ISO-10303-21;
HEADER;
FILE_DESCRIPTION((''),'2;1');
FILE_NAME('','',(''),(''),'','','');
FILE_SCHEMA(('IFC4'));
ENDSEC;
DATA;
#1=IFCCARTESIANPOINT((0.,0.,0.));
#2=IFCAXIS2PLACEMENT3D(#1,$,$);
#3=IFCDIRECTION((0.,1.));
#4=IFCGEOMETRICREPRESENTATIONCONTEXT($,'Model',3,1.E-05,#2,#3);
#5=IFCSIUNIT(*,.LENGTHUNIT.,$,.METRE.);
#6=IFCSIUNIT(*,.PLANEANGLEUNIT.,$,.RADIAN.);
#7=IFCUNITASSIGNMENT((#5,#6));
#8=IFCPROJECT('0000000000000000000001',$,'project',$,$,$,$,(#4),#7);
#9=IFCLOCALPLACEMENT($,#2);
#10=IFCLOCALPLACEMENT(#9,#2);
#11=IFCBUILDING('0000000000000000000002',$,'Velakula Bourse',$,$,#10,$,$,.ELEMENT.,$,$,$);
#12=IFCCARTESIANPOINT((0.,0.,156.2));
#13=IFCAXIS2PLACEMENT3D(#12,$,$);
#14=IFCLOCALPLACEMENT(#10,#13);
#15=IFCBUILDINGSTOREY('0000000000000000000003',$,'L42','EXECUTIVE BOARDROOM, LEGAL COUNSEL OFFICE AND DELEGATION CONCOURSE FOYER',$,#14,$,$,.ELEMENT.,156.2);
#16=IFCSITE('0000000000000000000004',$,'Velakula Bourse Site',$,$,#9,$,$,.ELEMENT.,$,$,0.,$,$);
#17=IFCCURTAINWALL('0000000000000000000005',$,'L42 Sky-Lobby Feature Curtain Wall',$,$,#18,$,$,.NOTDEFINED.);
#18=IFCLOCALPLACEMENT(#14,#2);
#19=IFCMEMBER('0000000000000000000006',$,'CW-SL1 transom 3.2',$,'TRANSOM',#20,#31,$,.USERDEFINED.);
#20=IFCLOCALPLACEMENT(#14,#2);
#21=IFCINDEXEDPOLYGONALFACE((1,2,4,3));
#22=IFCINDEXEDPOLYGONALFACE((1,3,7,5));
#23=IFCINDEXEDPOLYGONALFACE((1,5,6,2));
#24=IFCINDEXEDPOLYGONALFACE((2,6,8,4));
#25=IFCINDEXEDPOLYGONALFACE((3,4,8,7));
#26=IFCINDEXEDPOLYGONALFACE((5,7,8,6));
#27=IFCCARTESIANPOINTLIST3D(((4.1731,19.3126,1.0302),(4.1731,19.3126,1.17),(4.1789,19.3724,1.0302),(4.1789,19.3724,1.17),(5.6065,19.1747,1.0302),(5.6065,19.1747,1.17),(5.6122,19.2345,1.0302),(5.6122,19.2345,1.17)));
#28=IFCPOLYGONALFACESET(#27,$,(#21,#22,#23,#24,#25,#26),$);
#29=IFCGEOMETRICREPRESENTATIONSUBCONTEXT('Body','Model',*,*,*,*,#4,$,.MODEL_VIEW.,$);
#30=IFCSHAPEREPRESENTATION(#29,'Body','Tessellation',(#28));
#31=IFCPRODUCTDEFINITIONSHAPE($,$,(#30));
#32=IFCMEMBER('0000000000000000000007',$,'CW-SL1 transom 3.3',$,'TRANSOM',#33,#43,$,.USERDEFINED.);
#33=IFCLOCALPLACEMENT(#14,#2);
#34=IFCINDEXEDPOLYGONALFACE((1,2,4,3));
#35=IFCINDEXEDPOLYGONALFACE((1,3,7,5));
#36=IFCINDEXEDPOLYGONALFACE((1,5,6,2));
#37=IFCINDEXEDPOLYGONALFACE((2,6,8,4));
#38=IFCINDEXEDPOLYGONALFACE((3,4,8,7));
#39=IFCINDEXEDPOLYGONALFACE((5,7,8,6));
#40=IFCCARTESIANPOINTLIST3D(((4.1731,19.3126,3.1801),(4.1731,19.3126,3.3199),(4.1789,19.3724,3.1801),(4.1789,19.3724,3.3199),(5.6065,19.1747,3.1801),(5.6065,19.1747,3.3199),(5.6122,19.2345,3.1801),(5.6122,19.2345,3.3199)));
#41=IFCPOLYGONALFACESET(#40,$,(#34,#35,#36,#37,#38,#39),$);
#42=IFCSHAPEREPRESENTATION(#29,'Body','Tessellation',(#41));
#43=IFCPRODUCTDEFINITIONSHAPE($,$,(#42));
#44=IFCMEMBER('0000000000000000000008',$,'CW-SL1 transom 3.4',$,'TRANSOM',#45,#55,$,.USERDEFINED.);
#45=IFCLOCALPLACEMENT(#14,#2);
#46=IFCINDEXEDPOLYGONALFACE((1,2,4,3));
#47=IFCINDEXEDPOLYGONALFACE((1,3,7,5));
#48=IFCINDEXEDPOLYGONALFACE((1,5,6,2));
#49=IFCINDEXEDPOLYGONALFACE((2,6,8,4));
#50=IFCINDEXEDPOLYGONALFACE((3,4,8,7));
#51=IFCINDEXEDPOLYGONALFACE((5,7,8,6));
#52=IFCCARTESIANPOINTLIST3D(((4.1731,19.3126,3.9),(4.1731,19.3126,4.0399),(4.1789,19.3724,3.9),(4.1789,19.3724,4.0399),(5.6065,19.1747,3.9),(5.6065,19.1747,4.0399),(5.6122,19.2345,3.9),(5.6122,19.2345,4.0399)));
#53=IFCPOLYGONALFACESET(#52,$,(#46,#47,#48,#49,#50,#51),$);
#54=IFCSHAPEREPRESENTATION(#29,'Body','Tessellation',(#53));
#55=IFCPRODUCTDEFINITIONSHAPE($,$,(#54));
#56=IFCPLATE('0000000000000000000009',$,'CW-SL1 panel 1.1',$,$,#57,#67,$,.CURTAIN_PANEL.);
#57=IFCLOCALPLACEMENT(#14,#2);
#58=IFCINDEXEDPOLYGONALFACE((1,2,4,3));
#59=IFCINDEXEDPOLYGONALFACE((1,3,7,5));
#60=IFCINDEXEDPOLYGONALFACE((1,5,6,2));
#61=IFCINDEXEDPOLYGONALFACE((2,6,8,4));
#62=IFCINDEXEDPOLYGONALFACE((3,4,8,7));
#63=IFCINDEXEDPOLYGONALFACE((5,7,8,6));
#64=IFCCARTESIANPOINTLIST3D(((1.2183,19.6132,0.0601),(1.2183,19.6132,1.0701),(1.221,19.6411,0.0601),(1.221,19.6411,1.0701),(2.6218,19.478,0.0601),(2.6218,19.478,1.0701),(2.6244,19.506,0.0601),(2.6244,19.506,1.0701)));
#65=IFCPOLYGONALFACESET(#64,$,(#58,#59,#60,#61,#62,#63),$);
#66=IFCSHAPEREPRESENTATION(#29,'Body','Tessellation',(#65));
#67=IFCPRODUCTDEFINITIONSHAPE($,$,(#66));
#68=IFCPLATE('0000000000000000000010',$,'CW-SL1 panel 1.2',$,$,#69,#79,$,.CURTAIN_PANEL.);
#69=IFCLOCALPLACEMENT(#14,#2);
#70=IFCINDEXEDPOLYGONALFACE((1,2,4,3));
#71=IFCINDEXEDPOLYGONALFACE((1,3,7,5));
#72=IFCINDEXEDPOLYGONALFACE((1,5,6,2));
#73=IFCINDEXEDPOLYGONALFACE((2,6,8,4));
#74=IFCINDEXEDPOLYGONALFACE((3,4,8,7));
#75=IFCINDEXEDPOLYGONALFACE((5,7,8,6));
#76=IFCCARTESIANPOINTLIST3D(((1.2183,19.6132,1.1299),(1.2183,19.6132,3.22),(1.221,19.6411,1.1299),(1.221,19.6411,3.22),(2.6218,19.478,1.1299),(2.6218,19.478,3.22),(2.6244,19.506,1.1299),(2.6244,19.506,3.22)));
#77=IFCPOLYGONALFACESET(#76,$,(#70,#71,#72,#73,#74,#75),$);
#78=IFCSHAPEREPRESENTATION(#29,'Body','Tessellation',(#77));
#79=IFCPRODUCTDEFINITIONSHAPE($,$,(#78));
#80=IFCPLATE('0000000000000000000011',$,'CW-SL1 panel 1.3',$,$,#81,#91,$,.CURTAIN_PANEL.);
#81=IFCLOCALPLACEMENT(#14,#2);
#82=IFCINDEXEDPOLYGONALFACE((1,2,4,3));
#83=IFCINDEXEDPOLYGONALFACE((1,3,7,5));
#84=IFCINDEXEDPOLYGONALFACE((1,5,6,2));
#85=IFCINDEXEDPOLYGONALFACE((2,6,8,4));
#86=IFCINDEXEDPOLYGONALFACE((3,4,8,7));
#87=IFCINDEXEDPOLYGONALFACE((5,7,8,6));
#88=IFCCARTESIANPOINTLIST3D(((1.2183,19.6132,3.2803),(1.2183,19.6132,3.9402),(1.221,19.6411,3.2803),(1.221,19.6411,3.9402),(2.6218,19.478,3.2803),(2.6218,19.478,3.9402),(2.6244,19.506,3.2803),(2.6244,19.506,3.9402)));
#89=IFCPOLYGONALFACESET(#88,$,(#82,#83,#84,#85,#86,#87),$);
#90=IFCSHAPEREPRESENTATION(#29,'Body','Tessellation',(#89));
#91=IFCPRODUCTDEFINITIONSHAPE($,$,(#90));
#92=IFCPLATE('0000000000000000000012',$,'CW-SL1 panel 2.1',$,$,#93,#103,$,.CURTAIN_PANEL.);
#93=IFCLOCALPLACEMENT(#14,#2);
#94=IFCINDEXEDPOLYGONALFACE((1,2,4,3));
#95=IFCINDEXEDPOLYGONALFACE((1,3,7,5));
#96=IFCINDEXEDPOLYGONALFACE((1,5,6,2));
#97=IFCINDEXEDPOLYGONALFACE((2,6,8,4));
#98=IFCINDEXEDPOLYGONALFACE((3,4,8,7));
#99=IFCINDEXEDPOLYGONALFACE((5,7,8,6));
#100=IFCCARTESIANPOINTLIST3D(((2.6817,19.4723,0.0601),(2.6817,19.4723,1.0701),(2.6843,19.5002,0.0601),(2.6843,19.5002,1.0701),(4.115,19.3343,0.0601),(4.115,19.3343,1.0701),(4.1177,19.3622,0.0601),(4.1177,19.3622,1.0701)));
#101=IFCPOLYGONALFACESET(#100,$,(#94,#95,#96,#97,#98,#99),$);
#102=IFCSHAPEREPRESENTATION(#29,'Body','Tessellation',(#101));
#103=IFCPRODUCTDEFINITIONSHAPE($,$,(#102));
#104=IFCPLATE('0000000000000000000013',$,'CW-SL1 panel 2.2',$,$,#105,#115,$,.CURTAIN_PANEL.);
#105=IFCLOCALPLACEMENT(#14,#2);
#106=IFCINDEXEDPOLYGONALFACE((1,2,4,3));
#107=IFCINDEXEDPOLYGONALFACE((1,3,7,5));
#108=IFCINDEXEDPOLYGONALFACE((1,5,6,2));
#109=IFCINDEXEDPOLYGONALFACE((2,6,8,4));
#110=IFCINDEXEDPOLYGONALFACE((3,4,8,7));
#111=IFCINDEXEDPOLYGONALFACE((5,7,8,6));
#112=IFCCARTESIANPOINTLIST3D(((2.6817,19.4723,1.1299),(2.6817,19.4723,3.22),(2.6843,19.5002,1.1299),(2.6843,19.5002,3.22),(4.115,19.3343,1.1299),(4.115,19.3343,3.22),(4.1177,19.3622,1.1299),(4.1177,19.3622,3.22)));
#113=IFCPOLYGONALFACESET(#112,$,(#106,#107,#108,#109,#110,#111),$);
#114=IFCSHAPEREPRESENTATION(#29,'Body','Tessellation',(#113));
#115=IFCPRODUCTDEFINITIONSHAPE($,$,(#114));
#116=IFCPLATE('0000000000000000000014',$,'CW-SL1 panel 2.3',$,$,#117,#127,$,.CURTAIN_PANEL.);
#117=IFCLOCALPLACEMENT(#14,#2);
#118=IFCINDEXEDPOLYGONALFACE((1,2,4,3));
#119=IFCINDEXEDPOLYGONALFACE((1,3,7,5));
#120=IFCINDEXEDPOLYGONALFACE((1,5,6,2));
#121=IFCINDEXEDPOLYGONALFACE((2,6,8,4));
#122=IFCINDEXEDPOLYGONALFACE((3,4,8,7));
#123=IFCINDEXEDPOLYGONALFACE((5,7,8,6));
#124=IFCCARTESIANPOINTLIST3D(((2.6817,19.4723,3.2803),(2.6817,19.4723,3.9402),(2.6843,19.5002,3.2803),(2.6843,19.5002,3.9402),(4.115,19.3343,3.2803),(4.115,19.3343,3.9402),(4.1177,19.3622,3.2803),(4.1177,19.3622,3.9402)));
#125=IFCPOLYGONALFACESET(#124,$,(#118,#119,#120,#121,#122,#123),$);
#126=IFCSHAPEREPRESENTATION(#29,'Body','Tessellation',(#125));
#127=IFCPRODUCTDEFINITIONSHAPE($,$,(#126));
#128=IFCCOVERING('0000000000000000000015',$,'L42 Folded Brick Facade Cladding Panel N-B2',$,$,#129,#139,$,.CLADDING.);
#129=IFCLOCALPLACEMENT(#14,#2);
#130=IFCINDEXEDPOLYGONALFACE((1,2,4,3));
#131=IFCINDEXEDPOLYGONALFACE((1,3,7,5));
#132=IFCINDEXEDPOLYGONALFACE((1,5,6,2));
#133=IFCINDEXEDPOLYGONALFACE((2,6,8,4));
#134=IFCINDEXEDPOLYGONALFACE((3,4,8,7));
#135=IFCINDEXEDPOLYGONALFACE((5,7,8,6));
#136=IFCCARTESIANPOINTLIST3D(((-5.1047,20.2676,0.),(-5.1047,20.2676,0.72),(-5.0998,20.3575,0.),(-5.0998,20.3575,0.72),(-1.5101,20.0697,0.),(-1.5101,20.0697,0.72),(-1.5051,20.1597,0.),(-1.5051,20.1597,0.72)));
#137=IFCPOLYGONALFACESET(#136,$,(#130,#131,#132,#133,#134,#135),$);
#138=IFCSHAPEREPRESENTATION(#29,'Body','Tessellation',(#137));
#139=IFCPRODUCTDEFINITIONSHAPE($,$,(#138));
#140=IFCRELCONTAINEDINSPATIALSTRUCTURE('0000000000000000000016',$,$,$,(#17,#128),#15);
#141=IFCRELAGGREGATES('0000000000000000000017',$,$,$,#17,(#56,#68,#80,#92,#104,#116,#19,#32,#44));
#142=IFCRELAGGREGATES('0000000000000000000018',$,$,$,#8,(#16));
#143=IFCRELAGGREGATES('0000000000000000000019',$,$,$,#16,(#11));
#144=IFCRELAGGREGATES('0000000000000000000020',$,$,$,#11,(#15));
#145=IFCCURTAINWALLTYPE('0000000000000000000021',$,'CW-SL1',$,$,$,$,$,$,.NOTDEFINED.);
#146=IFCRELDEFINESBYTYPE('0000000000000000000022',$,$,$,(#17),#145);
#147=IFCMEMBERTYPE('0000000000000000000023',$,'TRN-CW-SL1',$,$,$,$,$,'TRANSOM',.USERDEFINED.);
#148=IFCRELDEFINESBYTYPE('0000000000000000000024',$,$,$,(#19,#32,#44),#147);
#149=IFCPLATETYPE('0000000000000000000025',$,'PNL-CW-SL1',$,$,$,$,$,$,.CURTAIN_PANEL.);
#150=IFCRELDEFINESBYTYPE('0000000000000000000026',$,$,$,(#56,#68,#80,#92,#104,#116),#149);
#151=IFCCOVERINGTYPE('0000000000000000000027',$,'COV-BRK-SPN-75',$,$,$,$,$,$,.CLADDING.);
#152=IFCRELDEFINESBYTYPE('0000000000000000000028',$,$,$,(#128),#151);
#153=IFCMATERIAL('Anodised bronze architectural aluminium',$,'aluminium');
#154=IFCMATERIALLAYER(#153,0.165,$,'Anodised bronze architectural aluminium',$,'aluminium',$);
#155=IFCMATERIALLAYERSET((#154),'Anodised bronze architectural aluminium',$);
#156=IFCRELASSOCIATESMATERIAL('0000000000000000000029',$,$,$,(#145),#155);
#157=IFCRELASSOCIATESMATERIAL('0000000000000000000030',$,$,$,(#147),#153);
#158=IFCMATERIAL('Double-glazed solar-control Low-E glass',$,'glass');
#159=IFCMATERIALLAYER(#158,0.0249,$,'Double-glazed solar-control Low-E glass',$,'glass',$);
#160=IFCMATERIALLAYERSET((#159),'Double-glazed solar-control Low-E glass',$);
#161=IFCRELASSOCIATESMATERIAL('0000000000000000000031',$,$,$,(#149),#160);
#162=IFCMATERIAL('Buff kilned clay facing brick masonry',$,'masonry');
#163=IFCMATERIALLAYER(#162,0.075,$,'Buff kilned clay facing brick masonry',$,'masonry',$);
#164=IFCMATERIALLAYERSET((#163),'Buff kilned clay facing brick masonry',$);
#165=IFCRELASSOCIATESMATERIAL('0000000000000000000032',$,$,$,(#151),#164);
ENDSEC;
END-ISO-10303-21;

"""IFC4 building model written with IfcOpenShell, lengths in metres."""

from ifc_helpers import new_model, si_unit, direction, frame, origin, origin_2d, place, context, subcontext, project, spatial, rectangle, extrude, material, layer, layer_set, material_profile, profile_set, type_object, element, aggregate, save


model = new_model("IFC4")

# Units and contexts
model_context = context("Model", 3, precision=1e-05, world=origin(), true_north=direction((0.0, 1.0)))
body_context = subcontext(model_context, "Body", "Model", "MODEL_VIEW")
ifc_project = project(units=[si_unit("LENGTHUNIT", "METRE"), si_unit("PLANEANGLEUNIT", "RADIAN")], contexts=[model_context])

# Site, building, storey
site_placement = place(None, origin())
site = spatial("IfcSite", under=ifc_project, at=site_placement, Name="Velakula Bourse Site", CompositionType="ELEMENT", RefElevation=0.0)
building_placement = place(site_placement, origin())
building = spatial("IfcBuilding", under=site, at=building_placement, Name="Velakula Bourse", CompositionType="ELEMENT")
storey_placement = place(building_placement, frame((0.0, 0.0, 156.2)))
storey = spatial("IfcBuildingStorey", under=building, at=storey_placement, Name="L42", Description="EXECUTIVE BOARDROOM, LEGAL COUNSEL OFFICE AND DELEGATION CONCOURSE FOYER", CompositionType="ELEMENT", Elevation=156.2)

# Curtain wall
ifc_material_1 = material(Name="Anodised bronze architectural aluminium", Category="aluminium")
ifc_layer_1 = layer(ifc_material_1, 0.165, Name="Anodised bronze architectural aluminium", Category="aluminium")
ifc_layer_set_1 = layer_set([ifc_layer_1], Name="Anodised bronze architectural aluminium")
curtain_wall_type = type_object("IfcCurtainWallType", Name="CW-SL1", PredefinedType="NOTDEFINED", material=ifc_layer_set_1)
curtain_wall_placement = place(storey_placement, origin())
curtain_wall = element("IfcCurtainWall", 1, at=curtain_wall_placement, inside=storey, type_object=curtain_wall_type, Name="L42 Sky-Lobby Feature Curtain Wall", PredefinedType="NOTDEFINED")

# Members
ifc_material_profile_1 = material_profile(ifc_material_1, rectangle(XDim=0.0601, YDim=0.1399, at=origin_2d()), Name="Anodised bronze architectural aluminium")
ifc_profile_set_1 = profile_set([ifc_material_profile_1], Name="Anodised bronze architectural aluminium")
member_type_1 = type_object("IfcMemberType", Name="TRN-CW-SL1", ElementType="TRANSOM", PredefinedType="USERDEFINED", material=ifc_profile_set_1)
member_1_placement = place(storey_placement, frame((4.176, 19.3425, 1.1001), z_axis=(0.995401, -0.095793, 0.0), x_axis=(0.095793, 0.995401, 0.0)))
member_1 = element("IfcMember", 2, at=member_1_placement, type_object=member_type_1, Name="CW-SL1 transom 3.2", ObjectType="TRANSOM", PredefinedType="USERDEFINED", context=body_context, shape_type="SweptSolid", body=[
    extrude(rectangle(XDim=0.0601, YDim=0.1399, at=origin_2d()), origin(), (0.0, 0.0, 1.0), 1.4399),
])
member_2_placement = place(storey_placement, frame((4.176, 19.3425, 3.25), z_axis=(0.995401, -0.095793, 0.0), x_axis=(0.095793, 0.995401, 0.0)))
member_2 = element("IfcMember", 3, at=member_2_placement, type_object=member_type_1, Name="CW-SL1 transom 3.3", ObjectType="TRANSOM", PredefinedType="USERDEFINED", context=body_context, shape_type="SweptSolid", body=[
    extrude(rectangle(XDim=0.0601, YDim=0.1399, at=origin_2d()), origin(), (0.0, 0.0, 1.0), 1.4399),
])
member_3_placement = place(storey_placement, frame((4.176, 19.3425, 3.97), z_axis=(0.995401, -0.095793, 0.0), x_axis=(0.095793, 0.995401, 0.0)))
member_3 = element("IfcMember", 4, at=member_3_placement, type_object=member_type_1, Name="CW-SL1 transom 3.4", ObjectType="TRANSOM", PredefinedType="USERDEFINED", context=body_context, shape_type="SweptSolid", body=[
    extrude(rectangle(XDim=0.0601, YDim=0.1399, at=origin_2d()), origin(), (0.0, 0.0, 1.0), 1.4399),
])

# Plates
ifc_material_2 = material(Name="Double-glazed solar-control Low-E glass", Category="glass")
ifc_layer_2 = layer(ifc_material_2, 0.0249, Name="Double-glazed solar-control Low-E glass", Category="glass")
ifc_layer_set_2 = layer_set([ifc_layer_2], Name="Double-glazed solar-control Low-E glass")
plate_type = type_object("IfcPlateType", Name="PNL-CW-SL1", PredefinedType="CURTAIN_PANEL", material=ifc_layer_set_2)
plate_1_placement = place(storey_placement, frame((1.9214, 19.5596, 0.0601), z_axis=(0.0, 0.0, 1.0), x_axis=(0.995395, -0.095855, 0.0)))
plate_1 = element("IfcPlate", 5, at=plate_1_placement, type_object=plate_type, Name="CW-SL1 panel 1.1", PredefinedType="CURTAIN_PANEL", context=body_context, shape_type="SweptSolid", body=[
    extrude(rectangle(XDim=1.4099, YDim=0.0281, at=origin_2d()), origin(), (0.0, 0.0, 1.0), 1.01),
])
plate_2_placement = place(storey_placement, frame((1.9214, 19.5596, 1.1299), z_axis=(0.0, 0.0, 1.0), x_axis=(0.995395, -0.095855, 0.0)))
plate_2 = element("IfcPlate", 6, at=plate_2_placement, type_object=plate_type, Name="CW-SL1 panel 1.2", PredefinedType="CURTAIN_PANEL", context=body_context, shape_type="SweptSolid", body=[
    extrude(rectangle(XDim=1.4099, YDim=0.0281, at=origin_2d()), origin(), (0.0, 0.0, 1.0), 2.0901),
])
plate_3_placement = place(storey_placement, frame((1.9214, 19.5596, 3.2803), z_axis=(0.0, 0.0, 1.0), x_axis=(0.995395, -0.095855, 0.0)))
plate_3 = element("IfcPlate", 7, at=plate_3_placement, type_object=plate_type, Name="CW-SL1 panel 1.3", PredefinedType="CURTAIN_PANEL", context=body_context, shape_type="SweptSolid", body=[
    extrude(rectangle(XDim=1.4099, YDim=0.0281, at=origin_2d()), origin(), (0.0, 0.0, 1.0), 0.6599),
])
plate_4_placement = place(storey_placement, frame((3.3997, 19.4172, 0.0601), z_axis=(0.0, 0.0, 1.0), x_axis=(0.995395, -0.095855, 0.0)))
plate_4 = element("IfcPlate", 8, at=plate_4_placement, type_object=plate_type, Name="CW-SL1 panel 2.1", PredefinedType="CURTAIN_PANEL", context=body_context, shape_type="SweptSolid", body=[
    extrude(rectangle(XDim=1.4399, YDim=0.0281, at=origin_2d()), origin(), (0.0, 0.0, 1.0), 1.01),
])
plate_5_placement = place(storey_placement, frame((3.3997, 19.4172, 1.1299), z_axis=(0.0, 0.0, 1.0), x_axis=(0.995395, -0.095855, 0.0)))
plate_5 = element("IfcPlate", 9, at=plate_5_placement, type_object=plate_type, Name="CW-SL1 panel 2.2", PredefinedType="CURTAIN_PANEL", context=body_context, shape_type="SweptSolid", body=[
    extrude(rectangle(XDim=1.4399, YDim=0.0281, at=origin_2d()), origin(), (0.0, 0.0, 1.0), 2.0901),
])
plate_6_placement = place(storey_placement, frame((3.3997, 19.4172, 3.2803), z_axis=(0.0, 0.0, 1.0), x_axis=(0.995395, -0.095855, 0.0)))
plate_6 = element("IfcPlate", 10, at=plate_6_placement, type_object=plate_type, Name="CW-SL1 panel 2.3", PredefinedType="CURTAIN_PANEL", context=body_context, shape_type="SweptSolid", body=[
    extrude(rectangle(XDim=1.4399, YDim=0.0281, at=origin_2d()), origin(), (0.0, 0.0, 1.0), 0.6599),
])
aggregate(curtain_wall, [plate_1, plate_2, plate_3, plate_4, plate_5, plate_6, member_1, member_2, member_3])

# Covering
ifc_material_3 = material(Name="Buff kilned clay facing brick masonry", Category="masonry")
ifc_layer_3 = layer(ifc_material_3, 0.075, Name="Buff kilned clay facing brick masonry", Category="masonry")
ifc_layer_set_3 = layer_set([ifc_layer_3], Name="Buff kilned clay facing brick masonry")
covering_type = type_object("IfcCoveringType", Name="COV-BRK-SPN-75", PredefinedType="CLADDING", material=ifc_layer_set_3)
covering_placement = place(storey_placement, frame((-3.3049, 20.2136, 0.0), z_axis=(0.0, 0.0, 1.0), x_axis=(0.998489, -0.05495, 0.0)))
element("IfcCovering", 11, at=covering_placement, inside=storey, type_object=covering_type, Name="L42 Folded Brick Facade Cladding Panel N-B2", PredefinedType="CLADDING", context=body_context, shape_type="SweptSolid", body=[
    extrude(rectangle(XDim=3.6001, YDim=0.0901, at=origin_2d()), origin(), (0.0, 0.0, 1.0), 0.72),
])

save(model, "model.ifc")
